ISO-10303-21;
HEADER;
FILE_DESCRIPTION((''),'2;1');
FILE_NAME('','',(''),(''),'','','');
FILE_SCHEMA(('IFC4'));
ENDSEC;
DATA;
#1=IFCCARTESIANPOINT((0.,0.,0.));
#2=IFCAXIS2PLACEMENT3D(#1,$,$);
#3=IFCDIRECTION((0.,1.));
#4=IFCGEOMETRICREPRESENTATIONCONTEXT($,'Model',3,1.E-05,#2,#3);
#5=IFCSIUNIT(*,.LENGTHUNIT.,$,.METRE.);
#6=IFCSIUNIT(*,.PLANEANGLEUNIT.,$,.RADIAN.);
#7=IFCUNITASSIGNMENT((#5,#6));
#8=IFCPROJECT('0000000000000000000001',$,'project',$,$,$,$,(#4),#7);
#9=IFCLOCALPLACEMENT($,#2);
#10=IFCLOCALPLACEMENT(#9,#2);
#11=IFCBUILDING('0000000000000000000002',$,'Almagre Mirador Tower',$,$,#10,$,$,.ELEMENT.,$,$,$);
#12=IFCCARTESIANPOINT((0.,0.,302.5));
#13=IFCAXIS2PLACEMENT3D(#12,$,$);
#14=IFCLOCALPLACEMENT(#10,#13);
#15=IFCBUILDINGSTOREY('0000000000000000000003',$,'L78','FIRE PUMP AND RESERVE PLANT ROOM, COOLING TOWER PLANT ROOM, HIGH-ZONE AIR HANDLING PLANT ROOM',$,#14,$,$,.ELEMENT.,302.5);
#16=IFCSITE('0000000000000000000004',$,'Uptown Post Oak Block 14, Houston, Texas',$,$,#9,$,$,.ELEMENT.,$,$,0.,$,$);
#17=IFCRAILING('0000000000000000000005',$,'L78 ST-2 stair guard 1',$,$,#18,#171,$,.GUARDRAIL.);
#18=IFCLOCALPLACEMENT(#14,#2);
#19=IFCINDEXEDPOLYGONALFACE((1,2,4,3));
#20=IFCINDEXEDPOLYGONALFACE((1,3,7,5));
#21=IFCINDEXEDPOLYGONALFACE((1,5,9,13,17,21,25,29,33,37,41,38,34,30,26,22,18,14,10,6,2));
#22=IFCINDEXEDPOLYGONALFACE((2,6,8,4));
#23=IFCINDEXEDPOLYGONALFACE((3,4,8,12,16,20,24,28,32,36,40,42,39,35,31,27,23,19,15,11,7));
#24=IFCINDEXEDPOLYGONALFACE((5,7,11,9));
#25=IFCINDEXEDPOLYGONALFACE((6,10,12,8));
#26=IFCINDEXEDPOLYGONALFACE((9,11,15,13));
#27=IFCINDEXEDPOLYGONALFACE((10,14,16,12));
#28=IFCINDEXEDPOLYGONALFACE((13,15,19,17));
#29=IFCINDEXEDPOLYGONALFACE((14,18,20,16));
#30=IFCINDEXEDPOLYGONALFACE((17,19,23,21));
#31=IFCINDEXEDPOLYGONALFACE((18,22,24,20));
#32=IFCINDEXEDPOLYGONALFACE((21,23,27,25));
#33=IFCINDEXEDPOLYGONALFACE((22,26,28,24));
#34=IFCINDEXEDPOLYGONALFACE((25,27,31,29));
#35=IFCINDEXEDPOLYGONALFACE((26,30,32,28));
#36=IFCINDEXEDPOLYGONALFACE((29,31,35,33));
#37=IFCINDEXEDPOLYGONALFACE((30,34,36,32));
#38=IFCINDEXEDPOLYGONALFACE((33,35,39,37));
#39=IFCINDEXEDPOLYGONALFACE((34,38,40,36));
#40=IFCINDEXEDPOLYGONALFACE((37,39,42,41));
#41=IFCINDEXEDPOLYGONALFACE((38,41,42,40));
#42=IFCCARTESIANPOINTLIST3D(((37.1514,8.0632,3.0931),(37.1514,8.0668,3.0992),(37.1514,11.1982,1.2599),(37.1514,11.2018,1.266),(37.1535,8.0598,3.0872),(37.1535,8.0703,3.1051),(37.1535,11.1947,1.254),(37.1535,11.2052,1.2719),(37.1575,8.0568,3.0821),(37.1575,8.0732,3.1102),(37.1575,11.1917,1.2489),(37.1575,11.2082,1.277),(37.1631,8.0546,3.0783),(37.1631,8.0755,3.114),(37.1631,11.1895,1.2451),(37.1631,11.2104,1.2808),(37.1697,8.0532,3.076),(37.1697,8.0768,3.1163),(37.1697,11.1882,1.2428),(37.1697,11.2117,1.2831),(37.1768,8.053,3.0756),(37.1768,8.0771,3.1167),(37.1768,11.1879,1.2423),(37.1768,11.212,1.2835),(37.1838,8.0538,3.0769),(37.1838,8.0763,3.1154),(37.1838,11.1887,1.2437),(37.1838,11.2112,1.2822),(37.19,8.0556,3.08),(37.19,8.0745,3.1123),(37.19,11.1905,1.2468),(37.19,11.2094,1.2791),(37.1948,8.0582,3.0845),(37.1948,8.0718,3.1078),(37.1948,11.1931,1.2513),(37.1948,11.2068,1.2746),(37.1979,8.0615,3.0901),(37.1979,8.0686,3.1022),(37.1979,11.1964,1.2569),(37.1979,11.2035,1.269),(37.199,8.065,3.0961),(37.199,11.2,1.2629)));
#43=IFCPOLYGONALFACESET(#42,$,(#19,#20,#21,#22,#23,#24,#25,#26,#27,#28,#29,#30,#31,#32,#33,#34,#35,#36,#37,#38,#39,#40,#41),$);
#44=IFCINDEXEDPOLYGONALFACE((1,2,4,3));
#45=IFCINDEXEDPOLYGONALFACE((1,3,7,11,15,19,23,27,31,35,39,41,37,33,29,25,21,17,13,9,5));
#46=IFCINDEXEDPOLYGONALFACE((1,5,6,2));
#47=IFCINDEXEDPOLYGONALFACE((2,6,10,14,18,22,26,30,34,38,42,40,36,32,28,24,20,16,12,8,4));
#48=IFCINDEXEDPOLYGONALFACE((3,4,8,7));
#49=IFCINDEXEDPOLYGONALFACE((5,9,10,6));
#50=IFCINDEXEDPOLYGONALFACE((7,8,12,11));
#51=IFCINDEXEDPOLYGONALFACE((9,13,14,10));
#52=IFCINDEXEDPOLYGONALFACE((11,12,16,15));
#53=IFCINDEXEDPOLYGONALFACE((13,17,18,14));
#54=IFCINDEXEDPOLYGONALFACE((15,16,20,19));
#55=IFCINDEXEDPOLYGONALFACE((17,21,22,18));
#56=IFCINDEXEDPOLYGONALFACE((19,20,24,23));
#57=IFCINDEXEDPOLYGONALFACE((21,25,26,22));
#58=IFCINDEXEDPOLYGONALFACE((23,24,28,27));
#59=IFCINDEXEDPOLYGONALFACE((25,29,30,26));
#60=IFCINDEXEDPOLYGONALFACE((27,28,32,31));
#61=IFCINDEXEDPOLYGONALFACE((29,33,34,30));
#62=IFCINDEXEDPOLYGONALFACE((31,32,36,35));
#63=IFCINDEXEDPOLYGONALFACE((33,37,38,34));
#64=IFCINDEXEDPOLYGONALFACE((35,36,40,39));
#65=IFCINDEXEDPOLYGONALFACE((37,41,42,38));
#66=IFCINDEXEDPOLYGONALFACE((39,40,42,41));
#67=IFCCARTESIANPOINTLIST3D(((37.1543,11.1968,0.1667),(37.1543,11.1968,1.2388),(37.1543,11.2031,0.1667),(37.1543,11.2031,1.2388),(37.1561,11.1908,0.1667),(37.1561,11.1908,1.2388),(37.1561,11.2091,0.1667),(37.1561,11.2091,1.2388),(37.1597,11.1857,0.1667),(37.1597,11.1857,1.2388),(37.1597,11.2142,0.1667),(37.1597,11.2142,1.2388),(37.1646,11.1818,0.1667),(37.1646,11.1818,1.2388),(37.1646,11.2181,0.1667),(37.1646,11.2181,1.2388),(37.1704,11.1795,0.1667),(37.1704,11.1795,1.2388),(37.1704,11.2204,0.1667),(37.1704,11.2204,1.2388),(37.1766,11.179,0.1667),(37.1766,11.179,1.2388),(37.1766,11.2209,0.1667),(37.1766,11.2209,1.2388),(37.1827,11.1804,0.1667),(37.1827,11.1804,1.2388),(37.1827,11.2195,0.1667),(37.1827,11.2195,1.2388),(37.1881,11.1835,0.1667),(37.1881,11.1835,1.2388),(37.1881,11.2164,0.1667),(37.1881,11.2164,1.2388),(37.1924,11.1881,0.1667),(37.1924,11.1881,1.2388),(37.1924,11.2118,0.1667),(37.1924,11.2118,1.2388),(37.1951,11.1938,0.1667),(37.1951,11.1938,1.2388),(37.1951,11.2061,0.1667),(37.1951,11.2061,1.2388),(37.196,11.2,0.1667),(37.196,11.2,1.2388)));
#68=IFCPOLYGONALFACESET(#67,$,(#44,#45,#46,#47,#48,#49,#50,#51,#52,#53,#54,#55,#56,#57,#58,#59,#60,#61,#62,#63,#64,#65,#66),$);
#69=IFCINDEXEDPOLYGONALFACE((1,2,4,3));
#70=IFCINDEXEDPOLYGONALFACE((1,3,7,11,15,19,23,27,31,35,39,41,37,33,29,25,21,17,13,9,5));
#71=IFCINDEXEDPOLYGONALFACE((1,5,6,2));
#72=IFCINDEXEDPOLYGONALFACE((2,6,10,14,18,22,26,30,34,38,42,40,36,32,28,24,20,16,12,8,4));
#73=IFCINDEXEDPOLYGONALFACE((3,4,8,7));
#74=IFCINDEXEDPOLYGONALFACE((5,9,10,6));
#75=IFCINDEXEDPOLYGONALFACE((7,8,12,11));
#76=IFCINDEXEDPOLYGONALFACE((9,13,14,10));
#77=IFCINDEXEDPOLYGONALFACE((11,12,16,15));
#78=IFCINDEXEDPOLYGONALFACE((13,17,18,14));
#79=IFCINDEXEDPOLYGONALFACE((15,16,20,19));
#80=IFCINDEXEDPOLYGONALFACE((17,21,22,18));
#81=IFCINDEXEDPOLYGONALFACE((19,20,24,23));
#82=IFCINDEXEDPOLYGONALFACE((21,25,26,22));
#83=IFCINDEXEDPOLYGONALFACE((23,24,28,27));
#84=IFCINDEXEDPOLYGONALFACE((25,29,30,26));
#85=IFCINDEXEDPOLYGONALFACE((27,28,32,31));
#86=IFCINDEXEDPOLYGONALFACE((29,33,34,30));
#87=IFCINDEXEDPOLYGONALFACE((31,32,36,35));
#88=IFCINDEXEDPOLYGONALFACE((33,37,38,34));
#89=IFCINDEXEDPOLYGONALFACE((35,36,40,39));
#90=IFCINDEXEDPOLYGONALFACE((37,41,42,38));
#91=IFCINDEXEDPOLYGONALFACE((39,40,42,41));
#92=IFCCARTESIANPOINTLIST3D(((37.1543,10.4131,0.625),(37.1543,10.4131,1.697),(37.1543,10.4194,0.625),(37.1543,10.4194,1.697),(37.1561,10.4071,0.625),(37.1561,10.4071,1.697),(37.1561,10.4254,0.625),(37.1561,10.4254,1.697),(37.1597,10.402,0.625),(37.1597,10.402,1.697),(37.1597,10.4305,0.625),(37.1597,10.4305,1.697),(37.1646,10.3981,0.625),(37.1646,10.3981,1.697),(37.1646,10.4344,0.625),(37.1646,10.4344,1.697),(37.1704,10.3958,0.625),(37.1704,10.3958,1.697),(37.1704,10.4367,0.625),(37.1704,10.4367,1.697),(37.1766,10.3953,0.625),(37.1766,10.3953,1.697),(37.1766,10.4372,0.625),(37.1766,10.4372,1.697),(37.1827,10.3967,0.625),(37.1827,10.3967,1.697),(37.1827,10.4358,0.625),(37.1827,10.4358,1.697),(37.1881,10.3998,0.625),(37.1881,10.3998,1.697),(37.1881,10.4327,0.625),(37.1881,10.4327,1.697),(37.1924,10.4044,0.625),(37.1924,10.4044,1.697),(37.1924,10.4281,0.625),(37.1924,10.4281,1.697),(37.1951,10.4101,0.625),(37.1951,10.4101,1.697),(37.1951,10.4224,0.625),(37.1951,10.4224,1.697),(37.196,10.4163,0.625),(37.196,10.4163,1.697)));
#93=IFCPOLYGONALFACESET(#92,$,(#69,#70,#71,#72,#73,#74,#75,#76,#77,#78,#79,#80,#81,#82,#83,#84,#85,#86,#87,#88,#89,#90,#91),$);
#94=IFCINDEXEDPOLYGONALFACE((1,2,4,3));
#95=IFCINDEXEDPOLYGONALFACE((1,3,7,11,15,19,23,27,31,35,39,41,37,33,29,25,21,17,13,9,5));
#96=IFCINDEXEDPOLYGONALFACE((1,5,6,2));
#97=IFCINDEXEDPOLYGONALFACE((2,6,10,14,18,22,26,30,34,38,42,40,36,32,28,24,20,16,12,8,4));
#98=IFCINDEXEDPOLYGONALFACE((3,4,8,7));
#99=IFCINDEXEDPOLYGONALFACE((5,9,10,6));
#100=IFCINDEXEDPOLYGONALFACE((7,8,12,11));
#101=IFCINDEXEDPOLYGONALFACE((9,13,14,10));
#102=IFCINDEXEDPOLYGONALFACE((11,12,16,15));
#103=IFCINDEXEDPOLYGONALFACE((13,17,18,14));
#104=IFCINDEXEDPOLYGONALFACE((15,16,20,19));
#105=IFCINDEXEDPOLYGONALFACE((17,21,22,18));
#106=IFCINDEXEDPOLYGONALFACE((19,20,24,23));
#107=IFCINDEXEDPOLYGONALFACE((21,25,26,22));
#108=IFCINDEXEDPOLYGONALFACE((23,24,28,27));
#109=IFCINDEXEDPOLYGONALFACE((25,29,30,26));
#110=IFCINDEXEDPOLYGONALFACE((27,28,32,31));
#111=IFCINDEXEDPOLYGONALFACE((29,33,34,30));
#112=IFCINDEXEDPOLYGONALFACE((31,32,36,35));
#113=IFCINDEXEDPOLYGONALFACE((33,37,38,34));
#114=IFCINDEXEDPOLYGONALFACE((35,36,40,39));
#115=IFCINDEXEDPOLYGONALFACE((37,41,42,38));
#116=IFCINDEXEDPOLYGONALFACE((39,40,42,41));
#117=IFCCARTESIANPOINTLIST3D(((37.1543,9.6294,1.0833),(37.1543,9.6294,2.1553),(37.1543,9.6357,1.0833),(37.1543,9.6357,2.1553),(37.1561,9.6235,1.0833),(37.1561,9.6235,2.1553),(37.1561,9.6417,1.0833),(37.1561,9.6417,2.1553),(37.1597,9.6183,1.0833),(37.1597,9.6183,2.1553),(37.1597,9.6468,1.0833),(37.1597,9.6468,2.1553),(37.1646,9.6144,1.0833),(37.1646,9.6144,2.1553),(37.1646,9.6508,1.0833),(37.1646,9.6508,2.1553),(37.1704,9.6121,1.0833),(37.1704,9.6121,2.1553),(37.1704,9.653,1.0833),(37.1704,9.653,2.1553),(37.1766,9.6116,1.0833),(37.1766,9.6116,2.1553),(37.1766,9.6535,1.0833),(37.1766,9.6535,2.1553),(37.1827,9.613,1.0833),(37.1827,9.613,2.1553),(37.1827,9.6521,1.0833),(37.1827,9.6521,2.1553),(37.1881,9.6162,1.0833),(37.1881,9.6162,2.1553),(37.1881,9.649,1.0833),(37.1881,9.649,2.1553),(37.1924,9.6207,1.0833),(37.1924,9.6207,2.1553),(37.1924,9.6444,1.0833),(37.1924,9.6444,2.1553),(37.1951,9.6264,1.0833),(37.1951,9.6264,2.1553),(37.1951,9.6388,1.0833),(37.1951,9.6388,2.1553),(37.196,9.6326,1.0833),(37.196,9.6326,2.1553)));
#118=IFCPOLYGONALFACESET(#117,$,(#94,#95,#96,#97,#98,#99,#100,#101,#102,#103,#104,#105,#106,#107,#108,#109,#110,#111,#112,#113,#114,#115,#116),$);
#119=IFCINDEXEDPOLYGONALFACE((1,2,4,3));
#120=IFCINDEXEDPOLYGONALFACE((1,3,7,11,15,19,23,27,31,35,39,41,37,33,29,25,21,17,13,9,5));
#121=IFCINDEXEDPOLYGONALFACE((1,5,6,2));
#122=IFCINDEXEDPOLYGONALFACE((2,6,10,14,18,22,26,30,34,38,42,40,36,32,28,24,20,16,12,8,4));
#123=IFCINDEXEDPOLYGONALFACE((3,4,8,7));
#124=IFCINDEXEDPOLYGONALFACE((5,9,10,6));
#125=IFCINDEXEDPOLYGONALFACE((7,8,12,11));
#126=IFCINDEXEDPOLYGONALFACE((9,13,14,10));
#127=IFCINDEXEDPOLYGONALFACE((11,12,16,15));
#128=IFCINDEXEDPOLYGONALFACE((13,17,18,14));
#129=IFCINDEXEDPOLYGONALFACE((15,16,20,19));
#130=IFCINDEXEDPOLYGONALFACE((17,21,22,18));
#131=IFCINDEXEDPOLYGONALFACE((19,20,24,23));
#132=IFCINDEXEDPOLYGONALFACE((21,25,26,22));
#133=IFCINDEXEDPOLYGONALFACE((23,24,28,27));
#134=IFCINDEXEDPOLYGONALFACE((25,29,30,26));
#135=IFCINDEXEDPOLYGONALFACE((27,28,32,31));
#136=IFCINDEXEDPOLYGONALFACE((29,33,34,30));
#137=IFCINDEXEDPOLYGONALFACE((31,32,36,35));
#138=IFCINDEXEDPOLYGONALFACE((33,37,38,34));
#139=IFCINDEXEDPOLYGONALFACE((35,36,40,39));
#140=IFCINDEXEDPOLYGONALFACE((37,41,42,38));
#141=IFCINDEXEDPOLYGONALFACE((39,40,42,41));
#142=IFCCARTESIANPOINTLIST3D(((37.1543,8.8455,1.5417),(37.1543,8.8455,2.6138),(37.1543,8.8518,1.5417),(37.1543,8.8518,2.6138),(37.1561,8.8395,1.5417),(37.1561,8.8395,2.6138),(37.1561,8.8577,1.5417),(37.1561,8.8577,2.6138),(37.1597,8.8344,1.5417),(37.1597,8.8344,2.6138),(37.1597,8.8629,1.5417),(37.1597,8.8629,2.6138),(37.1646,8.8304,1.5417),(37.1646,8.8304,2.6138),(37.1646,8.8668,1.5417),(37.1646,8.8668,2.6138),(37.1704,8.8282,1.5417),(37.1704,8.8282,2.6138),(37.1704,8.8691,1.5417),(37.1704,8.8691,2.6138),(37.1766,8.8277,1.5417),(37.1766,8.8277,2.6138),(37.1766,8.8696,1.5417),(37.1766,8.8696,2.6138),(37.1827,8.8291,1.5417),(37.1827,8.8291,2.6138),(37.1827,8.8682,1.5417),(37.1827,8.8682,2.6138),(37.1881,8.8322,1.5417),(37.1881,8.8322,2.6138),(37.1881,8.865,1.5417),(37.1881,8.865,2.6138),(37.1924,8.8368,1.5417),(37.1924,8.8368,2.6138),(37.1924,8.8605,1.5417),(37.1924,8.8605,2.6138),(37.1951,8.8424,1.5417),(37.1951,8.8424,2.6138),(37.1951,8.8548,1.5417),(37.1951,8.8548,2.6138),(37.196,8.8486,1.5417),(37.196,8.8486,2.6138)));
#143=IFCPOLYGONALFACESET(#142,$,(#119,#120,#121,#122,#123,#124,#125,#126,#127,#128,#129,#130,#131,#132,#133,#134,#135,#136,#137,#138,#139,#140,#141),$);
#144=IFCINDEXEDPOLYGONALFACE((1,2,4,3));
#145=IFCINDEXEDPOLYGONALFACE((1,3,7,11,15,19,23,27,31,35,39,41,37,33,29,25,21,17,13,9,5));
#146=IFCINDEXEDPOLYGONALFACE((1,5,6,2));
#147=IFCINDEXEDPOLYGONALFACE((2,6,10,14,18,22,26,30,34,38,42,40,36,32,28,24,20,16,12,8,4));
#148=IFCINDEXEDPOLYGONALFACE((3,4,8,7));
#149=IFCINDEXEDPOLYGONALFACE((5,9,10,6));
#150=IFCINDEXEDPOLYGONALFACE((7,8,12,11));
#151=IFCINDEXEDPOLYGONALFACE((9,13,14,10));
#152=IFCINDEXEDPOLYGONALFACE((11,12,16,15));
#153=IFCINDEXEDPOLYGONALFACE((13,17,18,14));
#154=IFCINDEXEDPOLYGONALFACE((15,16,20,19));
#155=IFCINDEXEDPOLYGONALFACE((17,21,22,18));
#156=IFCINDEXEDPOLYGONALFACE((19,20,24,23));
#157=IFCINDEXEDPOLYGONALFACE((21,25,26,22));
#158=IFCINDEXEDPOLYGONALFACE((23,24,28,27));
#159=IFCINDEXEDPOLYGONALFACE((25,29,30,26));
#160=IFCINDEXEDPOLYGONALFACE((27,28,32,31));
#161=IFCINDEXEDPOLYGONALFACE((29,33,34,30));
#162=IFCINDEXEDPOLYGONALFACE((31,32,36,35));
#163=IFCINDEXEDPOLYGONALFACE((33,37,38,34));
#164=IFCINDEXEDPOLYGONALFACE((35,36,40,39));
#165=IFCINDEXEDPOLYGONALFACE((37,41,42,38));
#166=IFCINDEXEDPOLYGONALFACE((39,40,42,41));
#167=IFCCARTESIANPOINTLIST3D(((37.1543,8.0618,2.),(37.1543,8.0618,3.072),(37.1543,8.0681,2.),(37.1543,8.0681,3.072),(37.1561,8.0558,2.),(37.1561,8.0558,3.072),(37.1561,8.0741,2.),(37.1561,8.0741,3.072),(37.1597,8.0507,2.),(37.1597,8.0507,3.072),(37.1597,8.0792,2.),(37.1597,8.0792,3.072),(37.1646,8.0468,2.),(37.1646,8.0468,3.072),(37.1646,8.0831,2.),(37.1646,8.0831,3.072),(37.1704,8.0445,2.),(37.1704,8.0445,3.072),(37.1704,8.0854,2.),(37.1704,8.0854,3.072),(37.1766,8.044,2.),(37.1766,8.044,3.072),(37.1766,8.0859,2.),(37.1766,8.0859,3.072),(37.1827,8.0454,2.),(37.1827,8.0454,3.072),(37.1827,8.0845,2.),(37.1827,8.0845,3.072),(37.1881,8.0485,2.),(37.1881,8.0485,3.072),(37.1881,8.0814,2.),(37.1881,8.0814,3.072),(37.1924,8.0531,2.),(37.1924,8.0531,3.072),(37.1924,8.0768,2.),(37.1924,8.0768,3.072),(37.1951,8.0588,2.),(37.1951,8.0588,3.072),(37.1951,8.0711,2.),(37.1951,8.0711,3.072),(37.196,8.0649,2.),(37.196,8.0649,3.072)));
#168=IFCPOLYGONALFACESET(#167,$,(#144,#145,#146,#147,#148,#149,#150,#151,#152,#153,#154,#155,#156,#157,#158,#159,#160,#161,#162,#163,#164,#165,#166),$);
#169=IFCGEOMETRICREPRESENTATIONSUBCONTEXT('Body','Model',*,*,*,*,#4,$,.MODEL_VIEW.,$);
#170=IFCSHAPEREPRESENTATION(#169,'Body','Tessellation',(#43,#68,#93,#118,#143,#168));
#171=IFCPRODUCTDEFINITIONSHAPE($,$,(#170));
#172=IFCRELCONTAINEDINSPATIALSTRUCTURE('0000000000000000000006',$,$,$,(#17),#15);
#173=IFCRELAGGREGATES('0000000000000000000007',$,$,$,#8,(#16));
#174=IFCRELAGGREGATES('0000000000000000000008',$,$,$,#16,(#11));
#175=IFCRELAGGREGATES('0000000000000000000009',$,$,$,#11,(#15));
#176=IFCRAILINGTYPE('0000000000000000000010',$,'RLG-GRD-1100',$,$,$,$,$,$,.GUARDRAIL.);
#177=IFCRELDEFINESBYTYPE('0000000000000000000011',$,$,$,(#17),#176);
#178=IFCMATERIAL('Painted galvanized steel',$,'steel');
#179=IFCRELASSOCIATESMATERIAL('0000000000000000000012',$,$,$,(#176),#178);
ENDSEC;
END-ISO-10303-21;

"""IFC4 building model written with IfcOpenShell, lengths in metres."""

from ifc_helpers import new_model, si_unit, direction, frame, origin, origin_2d, place, context, subcontext, project, spatial, circle, extrude, material, type_object, element, save


model = new_model("IFC4")

# Units and contexts
model_context = context("Model", 3, precision=1e-05, world=origin(), true_north=direction((0.0, 1.0)))
body_context = subcontext(model_context, "Body", "Model", "MODEL_VIEW")
ifc_project = project(units=[si_unit("LENGTHUNIT", "METRE"), si_unit("PLANEANGLEUNIT", "RADIAN")], contexts=[model_context])

# Site, building, storey
site_placement = place(None, origin())
site = spatial("IfcSite", under=ifc_project, at=site_placement, Name="Uptown Post Oak Block 14, Houston, Texas", CompositionType="ELEMENT", RefElevation=0.0)
building_placement = place(site_placement, origin())
building = spatial("IfcBuilding", under=site, at=building_placement, Name="Almagre Mirador Tower", CompositionType="ELEMENT")
storey_placement = place(building_placement, frame((0.0, 0.0, 302.5)))
storey = spatial("IfcBuildingStorey", under=building, at=storey_placement, Name="L78", Description="FIRE PUMP AND RESERVE PLANT ROOM, COOLING TOWER PLANT ROOM, HIGH-ZONE AIR HANDLING PLANT ROOM", CompositionType="ELEMENT", Elevation=302.5)

# Railing
ifc_material_1 = material(Name="Painted galvanized steel", Category="steel")
railing_type_1 = type_object("IfcRailingType", Name="RLG-GRD-1100", PredefinedType="GUARDRAIL", material=ifc_material_1)
railing_1_placement = place(storey_placement, frame((37.175, 11.2, 0.1667)))
element("IfcRailing", 1, at=railing_1_placement, inside=storey, type_object=railing_type_1, Name="L78 ST-2 stair guard 1", PredefinedType="GUARDRAIL", context=body_context, shape_type="SweptSolid", body=[
    extrude(circle(Radius=0.0239, at=origin_2d()), frame((0.0, 0.0, 1.0962), z_axis=(0.0, -0.86324, 0.504794), x_axis=(1.0, 0.0, 0.0)), (0.0, 0.0, 1.0), 3.6316),
    extrude(circle(Radius=0.021, at=origin_2d()), origin(), (0.0, 0.0, 1.0), 1.072),
    extrude(circle(Radius=0.021, at=origin_2d()), frame((0.0, -0.7837, 0.4583)), (0.0, 0.0, 1.0), 1.072),
    extrude(circle(Radius=0.021, at=origin_2d()), frame((0.0, -1.5674, 0.9165)), (0.0, 0.0, 1.0), 1.072),
    extrude(circle(Radius=0.021, at=origin_2d()), frame((0.0, -2.3513, 1.375)), (0.0, 0.0, 1.0), 1.072),
    extrude(circle(Radius=0.021, at=origin_2d()), frame((0.0, -3.135, 1.8333)), (0.0, 0.0, 1.0), 1.072),
])

save(model, "model.ifc")
